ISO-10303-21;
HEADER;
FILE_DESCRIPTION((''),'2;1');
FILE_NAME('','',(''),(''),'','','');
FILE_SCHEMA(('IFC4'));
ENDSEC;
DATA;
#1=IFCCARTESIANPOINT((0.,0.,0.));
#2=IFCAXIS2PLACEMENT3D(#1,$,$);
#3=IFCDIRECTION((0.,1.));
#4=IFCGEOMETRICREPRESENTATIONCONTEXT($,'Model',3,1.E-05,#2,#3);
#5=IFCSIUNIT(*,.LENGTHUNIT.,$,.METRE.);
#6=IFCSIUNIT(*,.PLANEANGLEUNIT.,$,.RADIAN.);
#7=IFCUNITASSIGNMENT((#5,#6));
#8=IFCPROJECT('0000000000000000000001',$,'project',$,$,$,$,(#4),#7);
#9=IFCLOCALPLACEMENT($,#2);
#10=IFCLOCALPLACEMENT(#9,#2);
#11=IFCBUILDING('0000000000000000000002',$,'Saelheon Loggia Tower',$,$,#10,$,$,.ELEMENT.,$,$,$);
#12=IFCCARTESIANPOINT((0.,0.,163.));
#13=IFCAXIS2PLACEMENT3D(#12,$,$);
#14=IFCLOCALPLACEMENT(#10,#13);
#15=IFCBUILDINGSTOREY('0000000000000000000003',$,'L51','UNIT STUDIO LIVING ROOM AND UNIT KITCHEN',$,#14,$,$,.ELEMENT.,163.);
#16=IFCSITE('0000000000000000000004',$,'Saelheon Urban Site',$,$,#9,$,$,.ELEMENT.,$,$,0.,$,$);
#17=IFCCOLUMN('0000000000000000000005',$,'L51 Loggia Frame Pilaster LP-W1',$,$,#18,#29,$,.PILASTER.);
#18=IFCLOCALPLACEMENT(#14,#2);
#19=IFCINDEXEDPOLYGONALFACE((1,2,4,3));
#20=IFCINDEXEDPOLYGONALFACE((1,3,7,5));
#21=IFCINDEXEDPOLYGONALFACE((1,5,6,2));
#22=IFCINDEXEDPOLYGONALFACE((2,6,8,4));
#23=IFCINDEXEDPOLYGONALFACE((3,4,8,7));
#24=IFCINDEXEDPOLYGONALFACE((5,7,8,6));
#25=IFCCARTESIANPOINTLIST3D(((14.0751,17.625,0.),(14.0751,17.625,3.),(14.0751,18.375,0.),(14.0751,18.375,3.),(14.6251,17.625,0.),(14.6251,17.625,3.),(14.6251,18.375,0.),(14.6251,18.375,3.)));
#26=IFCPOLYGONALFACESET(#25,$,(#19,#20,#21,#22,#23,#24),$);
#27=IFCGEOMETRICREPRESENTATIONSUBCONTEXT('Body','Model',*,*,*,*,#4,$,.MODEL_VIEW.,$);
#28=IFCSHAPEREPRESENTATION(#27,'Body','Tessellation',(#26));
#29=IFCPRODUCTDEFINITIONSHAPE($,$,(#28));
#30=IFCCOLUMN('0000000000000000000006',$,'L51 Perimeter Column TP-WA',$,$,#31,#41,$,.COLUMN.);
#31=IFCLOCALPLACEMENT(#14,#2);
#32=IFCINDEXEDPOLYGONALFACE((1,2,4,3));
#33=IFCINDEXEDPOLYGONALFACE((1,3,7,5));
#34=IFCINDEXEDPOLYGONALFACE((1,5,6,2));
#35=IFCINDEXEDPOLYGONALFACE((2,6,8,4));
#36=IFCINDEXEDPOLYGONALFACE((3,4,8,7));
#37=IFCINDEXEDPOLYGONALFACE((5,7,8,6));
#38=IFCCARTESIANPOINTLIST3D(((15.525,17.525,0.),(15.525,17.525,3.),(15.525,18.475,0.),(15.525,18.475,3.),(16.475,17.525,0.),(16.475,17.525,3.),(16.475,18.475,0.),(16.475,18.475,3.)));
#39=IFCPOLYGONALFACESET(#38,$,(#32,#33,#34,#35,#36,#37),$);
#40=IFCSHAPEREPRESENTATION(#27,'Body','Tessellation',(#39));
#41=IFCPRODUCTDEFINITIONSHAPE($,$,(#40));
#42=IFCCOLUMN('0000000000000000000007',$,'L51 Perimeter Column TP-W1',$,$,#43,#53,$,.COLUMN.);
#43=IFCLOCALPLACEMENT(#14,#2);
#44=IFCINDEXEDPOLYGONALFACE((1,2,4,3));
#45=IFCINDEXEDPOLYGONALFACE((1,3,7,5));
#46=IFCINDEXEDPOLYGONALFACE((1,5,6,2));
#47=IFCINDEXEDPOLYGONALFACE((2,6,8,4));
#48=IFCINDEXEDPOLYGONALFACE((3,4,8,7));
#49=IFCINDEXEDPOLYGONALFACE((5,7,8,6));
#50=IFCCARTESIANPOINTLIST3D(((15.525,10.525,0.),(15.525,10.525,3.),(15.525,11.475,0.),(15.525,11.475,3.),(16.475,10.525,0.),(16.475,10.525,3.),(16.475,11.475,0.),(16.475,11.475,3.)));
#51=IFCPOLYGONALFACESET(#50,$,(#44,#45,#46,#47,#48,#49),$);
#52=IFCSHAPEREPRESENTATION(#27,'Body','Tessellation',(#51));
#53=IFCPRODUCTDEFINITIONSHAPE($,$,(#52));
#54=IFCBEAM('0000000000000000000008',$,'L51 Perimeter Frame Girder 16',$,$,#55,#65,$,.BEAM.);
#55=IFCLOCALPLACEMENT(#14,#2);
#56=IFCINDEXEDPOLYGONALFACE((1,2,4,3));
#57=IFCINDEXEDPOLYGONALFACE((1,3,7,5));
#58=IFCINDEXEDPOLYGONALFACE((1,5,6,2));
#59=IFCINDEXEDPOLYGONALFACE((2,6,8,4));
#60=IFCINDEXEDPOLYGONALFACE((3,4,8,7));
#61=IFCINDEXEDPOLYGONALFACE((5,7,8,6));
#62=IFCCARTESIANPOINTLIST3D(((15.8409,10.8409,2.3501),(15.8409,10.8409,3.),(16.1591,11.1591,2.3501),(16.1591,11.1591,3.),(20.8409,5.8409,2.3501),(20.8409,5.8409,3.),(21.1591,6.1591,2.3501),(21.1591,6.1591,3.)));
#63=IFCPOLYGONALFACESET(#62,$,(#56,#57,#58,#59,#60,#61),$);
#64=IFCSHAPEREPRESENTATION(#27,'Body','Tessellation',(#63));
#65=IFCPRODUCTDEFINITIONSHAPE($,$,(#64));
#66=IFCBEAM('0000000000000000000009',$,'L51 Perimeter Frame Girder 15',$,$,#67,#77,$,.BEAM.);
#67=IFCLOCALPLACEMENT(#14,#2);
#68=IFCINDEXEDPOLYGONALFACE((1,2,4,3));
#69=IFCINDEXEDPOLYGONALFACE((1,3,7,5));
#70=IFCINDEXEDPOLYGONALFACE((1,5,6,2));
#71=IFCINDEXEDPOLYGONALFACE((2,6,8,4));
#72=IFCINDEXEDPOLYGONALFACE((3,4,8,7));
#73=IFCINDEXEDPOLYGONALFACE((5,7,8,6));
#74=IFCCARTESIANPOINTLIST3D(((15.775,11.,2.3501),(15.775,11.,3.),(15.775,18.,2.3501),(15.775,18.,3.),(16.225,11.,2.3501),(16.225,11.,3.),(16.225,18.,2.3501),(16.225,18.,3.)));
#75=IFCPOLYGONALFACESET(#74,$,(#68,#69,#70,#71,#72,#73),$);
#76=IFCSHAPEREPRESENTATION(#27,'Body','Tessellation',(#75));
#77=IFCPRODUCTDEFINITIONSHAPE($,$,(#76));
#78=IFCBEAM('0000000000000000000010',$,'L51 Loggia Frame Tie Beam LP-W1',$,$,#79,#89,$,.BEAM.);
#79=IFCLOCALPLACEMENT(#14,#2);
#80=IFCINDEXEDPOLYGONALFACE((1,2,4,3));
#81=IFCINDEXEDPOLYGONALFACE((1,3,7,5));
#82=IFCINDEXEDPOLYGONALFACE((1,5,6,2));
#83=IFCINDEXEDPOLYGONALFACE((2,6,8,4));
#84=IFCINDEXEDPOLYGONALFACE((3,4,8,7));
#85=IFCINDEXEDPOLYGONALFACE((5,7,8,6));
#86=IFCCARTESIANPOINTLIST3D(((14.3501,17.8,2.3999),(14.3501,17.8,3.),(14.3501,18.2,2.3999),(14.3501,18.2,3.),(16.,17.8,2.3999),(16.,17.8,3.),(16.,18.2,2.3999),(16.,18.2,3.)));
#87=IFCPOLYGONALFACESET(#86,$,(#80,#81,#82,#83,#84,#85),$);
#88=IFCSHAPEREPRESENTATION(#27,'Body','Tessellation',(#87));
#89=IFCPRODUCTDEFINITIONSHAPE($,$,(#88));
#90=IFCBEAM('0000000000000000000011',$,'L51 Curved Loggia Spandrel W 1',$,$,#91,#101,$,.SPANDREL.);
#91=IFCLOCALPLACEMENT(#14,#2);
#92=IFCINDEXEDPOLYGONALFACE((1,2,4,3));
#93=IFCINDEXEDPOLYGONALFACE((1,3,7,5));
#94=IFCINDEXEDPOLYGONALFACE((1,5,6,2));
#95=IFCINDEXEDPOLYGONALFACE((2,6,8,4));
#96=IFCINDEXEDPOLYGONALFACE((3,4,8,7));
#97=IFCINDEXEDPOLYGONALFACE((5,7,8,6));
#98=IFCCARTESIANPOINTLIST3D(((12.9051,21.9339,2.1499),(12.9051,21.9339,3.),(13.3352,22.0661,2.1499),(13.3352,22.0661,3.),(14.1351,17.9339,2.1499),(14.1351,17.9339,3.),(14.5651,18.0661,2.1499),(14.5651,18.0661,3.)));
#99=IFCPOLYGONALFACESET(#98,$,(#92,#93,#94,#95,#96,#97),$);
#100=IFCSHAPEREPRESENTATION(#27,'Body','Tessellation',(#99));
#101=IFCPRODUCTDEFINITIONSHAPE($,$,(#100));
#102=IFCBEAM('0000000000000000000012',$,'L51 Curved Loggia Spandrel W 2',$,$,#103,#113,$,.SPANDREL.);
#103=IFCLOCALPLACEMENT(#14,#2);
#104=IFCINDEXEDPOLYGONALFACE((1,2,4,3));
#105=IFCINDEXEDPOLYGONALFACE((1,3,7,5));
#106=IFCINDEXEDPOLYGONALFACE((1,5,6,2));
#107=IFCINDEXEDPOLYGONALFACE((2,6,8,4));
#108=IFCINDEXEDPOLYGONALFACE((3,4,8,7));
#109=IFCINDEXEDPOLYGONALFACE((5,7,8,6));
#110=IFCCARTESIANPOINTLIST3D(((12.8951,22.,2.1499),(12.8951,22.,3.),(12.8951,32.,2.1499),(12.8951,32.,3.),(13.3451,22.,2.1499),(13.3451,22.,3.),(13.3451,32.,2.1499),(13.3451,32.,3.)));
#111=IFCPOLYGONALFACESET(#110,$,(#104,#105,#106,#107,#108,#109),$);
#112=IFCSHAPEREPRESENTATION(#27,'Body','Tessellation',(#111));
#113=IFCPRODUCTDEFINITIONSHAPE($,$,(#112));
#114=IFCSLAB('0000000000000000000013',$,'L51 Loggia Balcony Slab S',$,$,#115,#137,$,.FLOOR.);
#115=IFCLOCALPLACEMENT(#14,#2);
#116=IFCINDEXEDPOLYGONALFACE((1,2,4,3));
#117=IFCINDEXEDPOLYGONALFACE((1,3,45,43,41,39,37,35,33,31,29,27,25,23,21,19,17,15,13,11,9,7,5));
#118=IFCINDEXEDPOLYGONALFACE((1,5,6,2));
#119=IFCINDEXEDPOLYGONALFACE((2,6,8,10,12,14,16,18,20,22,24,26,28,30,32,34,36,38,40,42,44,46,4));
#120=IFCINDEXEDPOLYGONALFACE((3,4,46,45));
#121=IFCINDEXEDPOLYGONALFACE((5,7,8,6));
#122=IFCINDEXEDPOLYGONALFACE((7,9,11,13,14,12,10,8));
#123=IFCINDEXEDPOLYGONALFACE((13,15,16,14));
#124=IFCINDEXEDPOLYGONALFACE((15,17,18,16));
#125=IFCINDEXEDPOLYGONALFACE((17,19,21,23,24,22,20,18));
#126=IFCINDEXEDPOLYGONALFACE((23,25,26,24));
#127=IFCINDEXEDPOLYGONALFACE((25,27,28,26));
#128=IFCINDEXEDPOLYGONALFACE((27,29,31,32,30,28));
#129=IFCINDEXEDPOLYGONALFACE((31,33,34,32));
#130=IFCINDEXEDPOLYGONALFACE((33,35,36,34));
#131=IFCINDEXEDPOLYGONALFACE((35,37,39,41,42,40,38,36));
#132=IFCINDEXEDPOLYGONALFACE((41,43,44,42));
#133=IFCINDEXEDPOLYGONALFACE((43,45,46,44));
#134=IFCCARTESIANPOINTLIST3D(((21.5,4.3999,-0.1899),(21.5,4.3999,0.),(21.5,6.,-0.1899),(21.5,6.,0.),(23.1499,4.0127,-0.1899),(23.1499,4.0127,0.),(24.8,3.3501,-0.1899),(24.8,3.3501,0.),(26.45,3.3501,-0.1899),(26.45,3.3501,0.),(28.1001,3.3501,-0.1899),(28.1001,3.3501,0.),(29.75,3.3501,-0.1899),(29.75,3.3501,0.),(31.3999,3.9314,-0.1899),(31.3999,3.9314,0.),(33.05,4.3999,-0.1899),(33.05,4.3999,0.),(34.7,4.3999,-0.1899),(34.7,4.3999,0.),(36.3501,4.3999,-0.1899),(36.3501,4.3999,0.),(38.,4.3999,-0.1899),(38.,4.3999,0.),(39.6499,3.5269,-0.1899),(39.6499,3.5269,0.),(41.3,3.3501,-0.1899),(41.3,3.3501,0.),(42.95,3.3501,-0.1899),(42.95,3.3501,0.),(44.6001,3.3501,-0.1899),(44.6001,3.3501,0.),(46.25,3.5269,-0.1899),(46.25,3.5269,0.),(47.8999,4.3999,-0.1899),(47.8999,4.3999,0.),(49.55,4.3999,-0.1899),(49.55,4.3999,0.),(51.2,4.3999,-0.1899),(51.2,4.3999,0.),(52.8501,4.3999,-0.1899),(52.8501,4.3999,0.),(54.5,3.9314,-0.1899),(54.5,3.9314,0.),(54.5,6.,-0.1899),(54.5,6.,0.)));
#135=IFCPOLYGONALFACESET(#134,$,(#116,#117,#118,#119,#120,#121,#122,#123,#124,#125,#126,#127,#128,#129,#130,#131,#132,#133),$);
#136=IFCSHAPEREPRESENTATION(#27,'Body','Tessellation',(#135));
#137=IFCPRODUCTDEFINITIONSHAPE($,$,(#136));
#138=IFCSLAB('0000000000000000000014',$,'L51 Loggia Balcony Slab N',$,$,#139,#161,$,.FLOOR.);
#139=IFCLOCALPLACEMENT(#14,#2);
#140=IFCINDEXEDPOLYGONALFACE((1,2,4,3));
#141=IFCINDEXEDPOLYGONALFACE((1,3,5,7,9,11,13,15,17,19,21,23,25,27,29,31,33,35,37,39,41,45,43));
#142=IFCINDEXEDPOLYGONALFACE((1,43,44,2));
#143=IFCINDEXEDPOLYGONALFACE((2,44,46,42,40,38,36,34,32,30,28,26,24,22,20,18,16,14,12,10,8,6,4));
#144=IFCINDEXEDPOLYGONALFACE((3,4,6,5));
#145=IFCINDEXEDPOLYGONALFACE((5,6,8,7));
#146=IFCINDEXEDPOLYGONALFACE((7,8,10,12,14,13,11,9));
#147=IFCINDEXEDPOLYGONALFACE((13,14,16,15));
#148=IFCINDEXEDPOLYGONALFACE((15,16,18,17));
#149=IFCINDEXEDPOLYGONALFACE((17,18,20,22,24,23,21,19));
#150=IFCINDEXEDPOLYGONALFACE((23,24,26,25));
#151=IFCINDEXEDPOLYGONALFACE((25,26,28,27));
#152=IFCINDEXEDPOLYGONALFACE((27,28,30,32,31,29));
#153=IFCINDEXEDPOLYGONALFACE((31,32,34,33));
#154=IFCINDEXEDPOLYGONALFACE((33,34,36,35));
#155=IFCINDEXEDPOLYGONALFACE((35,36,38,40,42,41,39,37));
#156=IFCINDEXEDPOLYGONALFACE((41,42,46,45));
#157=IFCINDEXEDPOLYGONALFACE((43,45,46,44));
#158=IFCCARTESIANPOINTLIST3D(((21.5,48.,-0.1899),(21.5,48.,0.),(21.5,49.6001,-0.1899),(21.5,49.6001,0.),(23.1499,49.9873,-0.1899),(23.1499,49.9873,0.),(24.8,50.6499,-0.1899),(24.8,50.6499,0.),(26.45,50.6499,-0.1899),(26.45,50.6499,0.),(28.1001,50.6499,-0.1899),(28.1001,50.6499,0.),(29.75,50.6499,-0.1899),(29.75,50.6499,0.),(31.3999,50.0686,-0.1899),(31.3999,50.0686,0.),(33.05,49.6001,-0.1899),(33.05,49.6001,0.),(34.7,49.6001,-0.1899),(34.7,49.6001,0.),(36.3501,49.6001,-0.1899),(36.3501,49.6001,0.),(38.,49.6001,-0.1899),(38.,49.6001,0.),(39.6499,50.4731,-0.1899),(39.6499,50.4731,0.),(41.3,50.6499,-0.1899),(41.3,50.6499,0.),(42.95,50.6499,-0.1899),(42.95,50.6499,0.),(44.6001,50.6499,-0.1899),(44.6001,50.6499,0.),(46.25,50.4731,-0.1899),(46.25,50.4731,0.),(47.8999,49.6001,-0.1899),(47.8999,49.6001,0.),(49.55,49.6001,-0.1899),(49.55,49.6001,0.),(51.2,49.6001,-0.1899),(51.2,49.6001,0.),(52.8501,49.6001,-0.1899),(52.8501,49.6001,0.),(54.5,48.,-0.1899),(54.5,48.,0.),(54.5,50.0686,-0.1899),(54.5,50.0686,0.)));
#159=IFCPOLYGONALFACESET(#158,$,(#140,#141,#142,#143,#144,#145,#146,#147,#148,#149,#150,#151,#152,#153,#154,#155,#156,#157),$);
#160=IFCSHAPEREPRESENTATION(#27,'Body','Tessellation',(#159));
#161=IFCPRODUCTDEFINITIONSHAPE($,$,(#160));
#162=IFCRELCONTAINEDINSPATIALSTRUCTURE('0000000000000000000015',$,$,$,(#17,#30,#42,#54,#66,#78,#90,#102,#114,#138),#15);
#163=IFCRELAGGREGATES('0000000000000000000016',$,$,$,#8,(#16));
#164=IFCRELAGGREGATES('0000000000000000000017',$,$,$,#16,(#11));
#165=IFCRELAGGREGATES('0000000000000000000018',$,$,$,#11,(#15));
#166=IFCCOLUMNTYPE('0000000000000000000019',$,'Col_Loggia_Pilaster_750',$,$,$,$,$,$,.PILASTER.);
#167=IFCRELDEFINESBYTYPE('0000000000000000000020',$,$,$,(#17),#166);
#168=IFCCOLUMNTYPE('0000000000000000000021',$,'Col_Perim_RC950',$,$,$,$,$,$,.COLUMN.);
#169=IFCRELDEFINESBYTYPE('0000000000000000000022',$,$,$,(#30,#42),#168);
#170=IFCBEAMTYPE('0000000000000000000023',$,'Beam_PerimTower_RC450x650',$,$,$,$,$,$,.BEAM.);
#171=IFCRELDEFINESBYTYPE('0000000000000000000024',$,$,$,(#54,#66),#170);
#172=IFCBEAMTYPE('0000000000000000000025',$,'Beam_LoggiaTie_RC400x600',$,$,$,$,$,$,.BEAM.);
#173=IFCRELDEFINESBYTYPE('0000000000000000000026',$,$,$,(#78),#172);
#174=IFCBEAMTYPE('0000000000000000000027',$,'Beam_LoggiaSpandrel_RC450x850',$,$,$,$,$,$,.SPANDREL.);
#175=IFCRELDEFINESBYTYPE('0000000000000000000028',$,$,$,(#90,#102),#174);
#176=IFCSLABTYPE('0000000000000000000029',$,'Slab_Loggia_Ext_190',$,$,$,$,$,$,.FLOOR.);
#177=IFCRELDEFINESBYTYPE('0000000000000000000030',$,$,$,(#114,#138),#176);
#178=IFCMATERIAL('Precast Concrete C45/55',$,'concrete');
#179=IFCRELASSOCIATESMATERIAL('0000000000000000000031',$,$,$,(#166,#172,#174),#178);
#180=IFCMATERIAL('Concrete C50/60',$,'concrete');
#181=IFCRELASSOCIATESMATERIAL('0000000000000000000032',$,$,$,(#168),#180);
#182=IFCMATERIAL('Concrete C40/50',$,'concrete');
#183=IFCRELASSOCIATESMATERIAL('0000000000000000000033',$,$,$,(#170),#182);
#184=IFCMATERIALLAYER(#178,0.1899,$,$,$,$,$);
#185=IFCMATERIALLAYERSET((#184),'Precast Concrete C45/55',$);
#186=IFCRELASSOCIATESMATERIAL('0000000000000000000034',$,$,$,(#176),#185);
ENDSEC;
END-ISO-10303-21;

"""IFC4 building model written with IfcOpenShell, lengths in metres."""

from ifc_helpers import new_model, si_unit, direction, frame, origin, origin_2d, place, context, subcontext, project, spatial, polyline, rectangle, outline, extrude, source, transform, mapped, material, layer, layer_set, material_profile, profile_set, type_object, element, save


model = new_model("IFC4")

# Units and contexts
model_context = context("Model", 3, precision=1e-05, world=origin(), true_north=direction((0.0, 1.0)))
body_context = subcontext(model_context, "Body", "Model", "MODEL_VIEW")
ifc_project = project(units=[si_unit("LENGTHUNIT", "METRE"), si_unit("PLANEANGLEUNIT", "RADIAN")], contexts=[model_context])

# Site, building, storey
site_placement = place(None, origin())
site = spatial("IfcSite", under=ifc_project, at=site_placement, Name="Saelheon Urban Site", CompositionType="ELEMENT", RefElevation=0.0)
building_placement = place(site_placement, origin())
building = spatial("IfcBuilding", under=site, at=building_placement, Name="Saelheon Loggia Tower", CompositionType="ELEMENT")
storey_placement = place(building_placement, frame((0.0, 0.0, 163.0)))
storey = spatial("IfcBuildingStorey", under=building, at=storey_placement, Name="L51", Description="UNIT STUDIO LIVING ROOM AND UNIT KITCHEN", CompositionType="ELEMENT", Elevation=163.0)

# Columns
ifc_material_1 = material(Name="Precast Concrete C45/55", Category="concrete")
ifc_material_profile_1 = material_profile(ifc_material_1, rectangle(XDim=0.55, YDim=0.75, at=origin_2d()), Name="RC-550x750")
ifc_profile_set_1 = profile_set([ifc_material_profile_1], Name="Precast Concrete C45/55")
column_type_1 = type_object("IfcColumnType", Name="Col_Loggia_Pilaster_750", PredefinedType="PILASTER", material=ifc_profile_set_1)
shared_shape_1 = source(origin(), body_context, "Body", "SweptSolid", [
    extrude(rectangle(XDim=0.55, YDim=0.75, at=origin_2d()), origin(), (0.0, 0.0, 1.0), 3.0),
])
column_placement = place(storey_placement, frame((14.3501, 18.0, 0.0), z_axis=(0.0, 0.0, 1.0), x_axis=(1.0, 0.0, 0.0)))
element("IfcColumn", 1, at=column_placement, inside=storey, type_object=column_type_1, Name="L51 Loggia Frame Pilaster LP-W1", PredefinedType="PILASTER", context=body_context, shape_type="MappedRepresentation", body=[
    mapped(shared_shape_1, transform((0.0, 0.0, 0.0), scale=1.0)),
])
ifc_material_2 = material(Name="Concrete C50/60", Category="concrete")
ifc_material_profile_2 = material_profile(ifc_material_2, rectangle(XDim=0.95, YDim=0.95, at=origin_2d()), Name="RC-950x950")
ifc_profile_set_2 = profile_set([ifc_material_profile_2], Name="Concrete C50/60")
column_type_2 = type_object("IfcColumnType", Name="Col_Perim_RC950", PredefinedType="COLUMN", material=ifc_profile_set_2)
shared_shape_2 = source(origin(), body_context, "Body", "SweptSolid", [
    extrude(rectangle(XDim=0.95, YDim=0.95, at=origin_2d()), origin(), (0.0, 0.0, 1.0), 3.0),
])
for number, where, z_axis, x_axis, name in (
    (2, (16.0, 18.0, 0.0), (0.0, 0.0, 1.0), (1.0, 0.0, 0.0), "L51 Perimeter Column TP-WA"),
    (3, (16.0, 11.0, 0.0), (0.0, 0.0, 1.0), (1.0, 0.0, 0.0), "L51 Perimeter Column TP-W1"),
):
    element("IfcColumn", number, at=place(storey_placement, frame(where, z_axis=z_axis, x_axis=x_axis)), inside=storey, type_object=column_type_2, Name=name, PredefinedType="COLUMN", context=body_context, shape_type="MappedRepresentation", body=[
        mapped(shared_shape_2, transform((0.0, 0.0, 0.0), scale=1.0)),
    ])

# Beams
ifc_material_3 = material(Name="Concrete C40/50", Category="concrete")
ifc_material_profile_3 = material_profile(ifc_material_3, rectangle(XDim=0.45, YDim=0.6499, at=origin_2d()), Name="RC-450x650")
ifc_profile_set_3 = profile_set([ifc_material_profile_3], Name="Concrete C40/50")
beam_type_1 = type_object("IfcBeamType", Name="Beam_PerimTower_RC450x650", PredefinedType="BEAM", material=ifc_profile_set_3)
shared_shape_3 = source(origin(), body_context, "Body", "SweptSolid", [
    extrude(rectangle(XDim=0.45, YDim=0.6499, at=origin_2d()), origin(), (0.0, 0.0, 1.0), 7.071),
])
beam_1_placement = place(storey_placement, frame((16.0, 11.0, 2.675), z_axis=(0.707107, -0.707107, 0.0), x_axis=(0.707107, 0.707107, 0.0)))
element("IfcBeam", 4, at=beam_1_placement, inside=storey, type_object=beam_type_1, Name="L51 Perimeter Frame Girder 16", PredefinedType="BEAM", context=body_context, shape_type="MappedRepresentation", body=[
    mapped(shared_shape_3, transform((0.0, 0.0, 0.0), scale=1.0)),
])
shared_shape_4 = source(origin(), body_context, "Body", "SweptSolid", [
    extrude(rectangle(XDim=0.45, YDim=0.6499, at=origin_2d()), origin(), (0.0, 0.0, 1.0), 7.0),
])
beam_2_placement = place(storey_placement, frame((16.0, 18.0, 2.675), z_axis=(0.0, -1.0, 0.0), x_axis=(1.0, 0.0, 0.0)))
element("IfcBeam", 5, at=beam_2_placement, inside=storey, type_object=beam_type_1, Name="L51 Perimeter Frame Girder 15", PredefinedType="BEAM", context=body_context, shape_type="MappedRepresentation", body=[
    mapped(shared_shape_4, transform((0.0, 0.0, 0.0), scale=1.0)),
])
ifc_material_profile_4 = material_profile(ifc_material_1, rectangle(XDim=0.3999, YDim=0.6001, at=origin_2d()), Name="RC-400x600")
ifc_profile_set_4 = profile_set([ifc_material_profile_4], Name="Precast Concrete C45/55")
beam_type_2 = type_object("IfcBeamType", Name="Beam_LoggiaTie_RC400x600", PredefinedType="BEAM", material=ifc_profile_set_4)
shared_shape_5 = source(origin(), body_context, "Body", "SweptSolid", [
    extrude(rectangle(XDim=0.3999, YDim=0.6001, at=origin_2d()), origin(), (0.0, 0.0, 1.0), 1.6499),
])
beam_3_placement = place(storey_placement, frame((16.0, 18.0, 2.7), z_axis=(-1.0, 0.0, 0.0), x_axis=(0.0, -1.0, 0.0)))
element("IfcBeam", 6, at=beam_3_placement, inside=storey, type_object=beam_type_2, Name="L51 Loggia Frame Tie Beam LP-W1", PredefinedType="BEAM", context=body_context, shape_type="MappedRepresentation", body=[
    mapped(shared_shape_5, transform((0.0, 0.0, 0.0), scale=1.0)),
])
ifc_material_profile_5 = material_profile(ifc_material_1, rectangle(XDim=0.45, YDim=0.8501, at=origin_2d()), Name="RC-450x850")
ifc_profile_set_5 = profile_set([ifc_material_profile_5], Name="Precast Concrete C45/55")
beam_type_3 = type_object("IfcBeamType", Name="Beam_LoggiaSpandrel_RC450x850", PredefinedType="SPANDREL", material=ifc_profile_set_5)
shared_shape_6 = source(origin(), body_context, "Body", "SweptSolid", [
    extrude(rectangle(XDim=0.45, YDim=0.8501, at=origin_2d()), origin(), (0.0, 0.0, 1.0), 4.1848),
])
beam_4_placement = place(storey_placement, frame((14.3501, 18.0, 2.575), z_axis=(-0.293914, 0.955832, 0.0), x_axis=(-0.955832, -0.293914, 0.0)))
element("IfcBeam", 7, at=beam_4_placement, inside=storey, type_object=beam_type_3, Name="L51 Curved Loggia Spandrel W 1", PredefinedType="SPANDREL", context=body_context, shape_type="MappedRepresentation", body=[
    mapped(shared_shape_6, transform((0.0, 0.0, 0.0), scale=1.0)),
])
shared_shape_7 = source(origin(), body_context, "Body", "SweptSolid", [
    extrude(rectangle(XDim=0.45, YDim=0.8501, at=origin_2d()), origin(), (0.0, 0.0, 1.0), 10.0),
])
beam_5_placement = place(storey_placement, frame((13.1201, 22.0, 2.575), z_axis=(0.0, 1.0, 0.0), x_axis=(-1.0, 0.0, 0.0)))
element("IfcBeam", 8, at=beam_5_placement, inside=storey, type_object=beam_type_3, Name="L51 Curved Loggia Spandrel W 2", PredefinedType="SPANDREL", context=body_context, shape_type="MappedRepresentation", body=[
    mapped(shared_shape_7, transform((0.0, 0.0, 0.0), scale=1.0)),
])

# Slabs
ifc_layer_1 = layer(ifc_material_1, 0.1899)
ifc_layer_set_1 = layer_set([ifc_layer_1], Name="Precast Concrete C45/55")
slab_type_1 = type_object("IfcSlabType", Name="Slab_Loggia_Ext_190", PredefinedType="FLOOR", material=ifc_layer_set_1)
slab_1_placement = place(storey_placement, frame((0.0, 0.0, -0.1899)))
element("IfcSlab", 9, at=slab_1_placement, inside=storey, type_object=slab_type_1, Name="L51 Loggia Balcony Slab S", PredefinedType="FLOOR", context=body_context, shape_type="SweptSolid", body=[
    extrude(outline(polyline([(21.5, 4.3999), (23.1499, 4.0127), (24.8, 3.3501), (26.45, 3.3501), (28.1001, 3.3501), (29.75, 3.3501), (31.3999, 3.9314), (33.05, 4.3999), (34.7, 4.3999), (36.3501, 4.3999), (38.0, 4.3999), (39.6499, 3.5269), (41.3, 3.3501), (42.95, 3.3501), (44.6001, 3.3501), (46.25, 3.5269), (47.8999, 4.3999), (49.55, 4.3999), (51.2, 4.3999), (52.8501, 4.3999), (54.5, 3.9314), (54.5, 6.0), (21.5, 6.0), (21.5, 4.3999)])), origin(), (0.0, 0.0, 1.0), 0.1899),
])
slab_2_placement = place(storey_placement, frame((0.0, 0.0, -0.1899)))
element("IfcSlab", 10, at=slab_2_placement, inside=storey, type_object=slab_type_1, Name="L51 Loggia Balcony Slab N", PredefinedType="FLOOR", context=body_context, shape_type="SweptSolid", body=[
    extrude(outline(polyline([(21.5, 48.0), (54.5, 48.0), (54.5, 50.0686), (52.8501, 49.6001), (51.2, 49.6001), (49.55, 49.6001), (47.8999, 49.6001), (46.25, 50.4731), (44.6001, 50.6499), (42.95, 50.6499), (41.3, 50.6499), (39.6499, 50.4731), (38.0, 49.6001), (36.3501, 49.6001), (34.7, 49.6001), (33.05, 49.6001), (31.3999, 50.0686), (29.75, 50.6499), (28.1001, 50.6499), (26.45, 50.6499), (24.8, 50.6499), (23.1499, 49.9873), (21.5, 49.6001), (21.5, 48.0)])), origin(), (0.0, 0.0, 1.0), 0.1899),
])

save(model, "model.ifc")
